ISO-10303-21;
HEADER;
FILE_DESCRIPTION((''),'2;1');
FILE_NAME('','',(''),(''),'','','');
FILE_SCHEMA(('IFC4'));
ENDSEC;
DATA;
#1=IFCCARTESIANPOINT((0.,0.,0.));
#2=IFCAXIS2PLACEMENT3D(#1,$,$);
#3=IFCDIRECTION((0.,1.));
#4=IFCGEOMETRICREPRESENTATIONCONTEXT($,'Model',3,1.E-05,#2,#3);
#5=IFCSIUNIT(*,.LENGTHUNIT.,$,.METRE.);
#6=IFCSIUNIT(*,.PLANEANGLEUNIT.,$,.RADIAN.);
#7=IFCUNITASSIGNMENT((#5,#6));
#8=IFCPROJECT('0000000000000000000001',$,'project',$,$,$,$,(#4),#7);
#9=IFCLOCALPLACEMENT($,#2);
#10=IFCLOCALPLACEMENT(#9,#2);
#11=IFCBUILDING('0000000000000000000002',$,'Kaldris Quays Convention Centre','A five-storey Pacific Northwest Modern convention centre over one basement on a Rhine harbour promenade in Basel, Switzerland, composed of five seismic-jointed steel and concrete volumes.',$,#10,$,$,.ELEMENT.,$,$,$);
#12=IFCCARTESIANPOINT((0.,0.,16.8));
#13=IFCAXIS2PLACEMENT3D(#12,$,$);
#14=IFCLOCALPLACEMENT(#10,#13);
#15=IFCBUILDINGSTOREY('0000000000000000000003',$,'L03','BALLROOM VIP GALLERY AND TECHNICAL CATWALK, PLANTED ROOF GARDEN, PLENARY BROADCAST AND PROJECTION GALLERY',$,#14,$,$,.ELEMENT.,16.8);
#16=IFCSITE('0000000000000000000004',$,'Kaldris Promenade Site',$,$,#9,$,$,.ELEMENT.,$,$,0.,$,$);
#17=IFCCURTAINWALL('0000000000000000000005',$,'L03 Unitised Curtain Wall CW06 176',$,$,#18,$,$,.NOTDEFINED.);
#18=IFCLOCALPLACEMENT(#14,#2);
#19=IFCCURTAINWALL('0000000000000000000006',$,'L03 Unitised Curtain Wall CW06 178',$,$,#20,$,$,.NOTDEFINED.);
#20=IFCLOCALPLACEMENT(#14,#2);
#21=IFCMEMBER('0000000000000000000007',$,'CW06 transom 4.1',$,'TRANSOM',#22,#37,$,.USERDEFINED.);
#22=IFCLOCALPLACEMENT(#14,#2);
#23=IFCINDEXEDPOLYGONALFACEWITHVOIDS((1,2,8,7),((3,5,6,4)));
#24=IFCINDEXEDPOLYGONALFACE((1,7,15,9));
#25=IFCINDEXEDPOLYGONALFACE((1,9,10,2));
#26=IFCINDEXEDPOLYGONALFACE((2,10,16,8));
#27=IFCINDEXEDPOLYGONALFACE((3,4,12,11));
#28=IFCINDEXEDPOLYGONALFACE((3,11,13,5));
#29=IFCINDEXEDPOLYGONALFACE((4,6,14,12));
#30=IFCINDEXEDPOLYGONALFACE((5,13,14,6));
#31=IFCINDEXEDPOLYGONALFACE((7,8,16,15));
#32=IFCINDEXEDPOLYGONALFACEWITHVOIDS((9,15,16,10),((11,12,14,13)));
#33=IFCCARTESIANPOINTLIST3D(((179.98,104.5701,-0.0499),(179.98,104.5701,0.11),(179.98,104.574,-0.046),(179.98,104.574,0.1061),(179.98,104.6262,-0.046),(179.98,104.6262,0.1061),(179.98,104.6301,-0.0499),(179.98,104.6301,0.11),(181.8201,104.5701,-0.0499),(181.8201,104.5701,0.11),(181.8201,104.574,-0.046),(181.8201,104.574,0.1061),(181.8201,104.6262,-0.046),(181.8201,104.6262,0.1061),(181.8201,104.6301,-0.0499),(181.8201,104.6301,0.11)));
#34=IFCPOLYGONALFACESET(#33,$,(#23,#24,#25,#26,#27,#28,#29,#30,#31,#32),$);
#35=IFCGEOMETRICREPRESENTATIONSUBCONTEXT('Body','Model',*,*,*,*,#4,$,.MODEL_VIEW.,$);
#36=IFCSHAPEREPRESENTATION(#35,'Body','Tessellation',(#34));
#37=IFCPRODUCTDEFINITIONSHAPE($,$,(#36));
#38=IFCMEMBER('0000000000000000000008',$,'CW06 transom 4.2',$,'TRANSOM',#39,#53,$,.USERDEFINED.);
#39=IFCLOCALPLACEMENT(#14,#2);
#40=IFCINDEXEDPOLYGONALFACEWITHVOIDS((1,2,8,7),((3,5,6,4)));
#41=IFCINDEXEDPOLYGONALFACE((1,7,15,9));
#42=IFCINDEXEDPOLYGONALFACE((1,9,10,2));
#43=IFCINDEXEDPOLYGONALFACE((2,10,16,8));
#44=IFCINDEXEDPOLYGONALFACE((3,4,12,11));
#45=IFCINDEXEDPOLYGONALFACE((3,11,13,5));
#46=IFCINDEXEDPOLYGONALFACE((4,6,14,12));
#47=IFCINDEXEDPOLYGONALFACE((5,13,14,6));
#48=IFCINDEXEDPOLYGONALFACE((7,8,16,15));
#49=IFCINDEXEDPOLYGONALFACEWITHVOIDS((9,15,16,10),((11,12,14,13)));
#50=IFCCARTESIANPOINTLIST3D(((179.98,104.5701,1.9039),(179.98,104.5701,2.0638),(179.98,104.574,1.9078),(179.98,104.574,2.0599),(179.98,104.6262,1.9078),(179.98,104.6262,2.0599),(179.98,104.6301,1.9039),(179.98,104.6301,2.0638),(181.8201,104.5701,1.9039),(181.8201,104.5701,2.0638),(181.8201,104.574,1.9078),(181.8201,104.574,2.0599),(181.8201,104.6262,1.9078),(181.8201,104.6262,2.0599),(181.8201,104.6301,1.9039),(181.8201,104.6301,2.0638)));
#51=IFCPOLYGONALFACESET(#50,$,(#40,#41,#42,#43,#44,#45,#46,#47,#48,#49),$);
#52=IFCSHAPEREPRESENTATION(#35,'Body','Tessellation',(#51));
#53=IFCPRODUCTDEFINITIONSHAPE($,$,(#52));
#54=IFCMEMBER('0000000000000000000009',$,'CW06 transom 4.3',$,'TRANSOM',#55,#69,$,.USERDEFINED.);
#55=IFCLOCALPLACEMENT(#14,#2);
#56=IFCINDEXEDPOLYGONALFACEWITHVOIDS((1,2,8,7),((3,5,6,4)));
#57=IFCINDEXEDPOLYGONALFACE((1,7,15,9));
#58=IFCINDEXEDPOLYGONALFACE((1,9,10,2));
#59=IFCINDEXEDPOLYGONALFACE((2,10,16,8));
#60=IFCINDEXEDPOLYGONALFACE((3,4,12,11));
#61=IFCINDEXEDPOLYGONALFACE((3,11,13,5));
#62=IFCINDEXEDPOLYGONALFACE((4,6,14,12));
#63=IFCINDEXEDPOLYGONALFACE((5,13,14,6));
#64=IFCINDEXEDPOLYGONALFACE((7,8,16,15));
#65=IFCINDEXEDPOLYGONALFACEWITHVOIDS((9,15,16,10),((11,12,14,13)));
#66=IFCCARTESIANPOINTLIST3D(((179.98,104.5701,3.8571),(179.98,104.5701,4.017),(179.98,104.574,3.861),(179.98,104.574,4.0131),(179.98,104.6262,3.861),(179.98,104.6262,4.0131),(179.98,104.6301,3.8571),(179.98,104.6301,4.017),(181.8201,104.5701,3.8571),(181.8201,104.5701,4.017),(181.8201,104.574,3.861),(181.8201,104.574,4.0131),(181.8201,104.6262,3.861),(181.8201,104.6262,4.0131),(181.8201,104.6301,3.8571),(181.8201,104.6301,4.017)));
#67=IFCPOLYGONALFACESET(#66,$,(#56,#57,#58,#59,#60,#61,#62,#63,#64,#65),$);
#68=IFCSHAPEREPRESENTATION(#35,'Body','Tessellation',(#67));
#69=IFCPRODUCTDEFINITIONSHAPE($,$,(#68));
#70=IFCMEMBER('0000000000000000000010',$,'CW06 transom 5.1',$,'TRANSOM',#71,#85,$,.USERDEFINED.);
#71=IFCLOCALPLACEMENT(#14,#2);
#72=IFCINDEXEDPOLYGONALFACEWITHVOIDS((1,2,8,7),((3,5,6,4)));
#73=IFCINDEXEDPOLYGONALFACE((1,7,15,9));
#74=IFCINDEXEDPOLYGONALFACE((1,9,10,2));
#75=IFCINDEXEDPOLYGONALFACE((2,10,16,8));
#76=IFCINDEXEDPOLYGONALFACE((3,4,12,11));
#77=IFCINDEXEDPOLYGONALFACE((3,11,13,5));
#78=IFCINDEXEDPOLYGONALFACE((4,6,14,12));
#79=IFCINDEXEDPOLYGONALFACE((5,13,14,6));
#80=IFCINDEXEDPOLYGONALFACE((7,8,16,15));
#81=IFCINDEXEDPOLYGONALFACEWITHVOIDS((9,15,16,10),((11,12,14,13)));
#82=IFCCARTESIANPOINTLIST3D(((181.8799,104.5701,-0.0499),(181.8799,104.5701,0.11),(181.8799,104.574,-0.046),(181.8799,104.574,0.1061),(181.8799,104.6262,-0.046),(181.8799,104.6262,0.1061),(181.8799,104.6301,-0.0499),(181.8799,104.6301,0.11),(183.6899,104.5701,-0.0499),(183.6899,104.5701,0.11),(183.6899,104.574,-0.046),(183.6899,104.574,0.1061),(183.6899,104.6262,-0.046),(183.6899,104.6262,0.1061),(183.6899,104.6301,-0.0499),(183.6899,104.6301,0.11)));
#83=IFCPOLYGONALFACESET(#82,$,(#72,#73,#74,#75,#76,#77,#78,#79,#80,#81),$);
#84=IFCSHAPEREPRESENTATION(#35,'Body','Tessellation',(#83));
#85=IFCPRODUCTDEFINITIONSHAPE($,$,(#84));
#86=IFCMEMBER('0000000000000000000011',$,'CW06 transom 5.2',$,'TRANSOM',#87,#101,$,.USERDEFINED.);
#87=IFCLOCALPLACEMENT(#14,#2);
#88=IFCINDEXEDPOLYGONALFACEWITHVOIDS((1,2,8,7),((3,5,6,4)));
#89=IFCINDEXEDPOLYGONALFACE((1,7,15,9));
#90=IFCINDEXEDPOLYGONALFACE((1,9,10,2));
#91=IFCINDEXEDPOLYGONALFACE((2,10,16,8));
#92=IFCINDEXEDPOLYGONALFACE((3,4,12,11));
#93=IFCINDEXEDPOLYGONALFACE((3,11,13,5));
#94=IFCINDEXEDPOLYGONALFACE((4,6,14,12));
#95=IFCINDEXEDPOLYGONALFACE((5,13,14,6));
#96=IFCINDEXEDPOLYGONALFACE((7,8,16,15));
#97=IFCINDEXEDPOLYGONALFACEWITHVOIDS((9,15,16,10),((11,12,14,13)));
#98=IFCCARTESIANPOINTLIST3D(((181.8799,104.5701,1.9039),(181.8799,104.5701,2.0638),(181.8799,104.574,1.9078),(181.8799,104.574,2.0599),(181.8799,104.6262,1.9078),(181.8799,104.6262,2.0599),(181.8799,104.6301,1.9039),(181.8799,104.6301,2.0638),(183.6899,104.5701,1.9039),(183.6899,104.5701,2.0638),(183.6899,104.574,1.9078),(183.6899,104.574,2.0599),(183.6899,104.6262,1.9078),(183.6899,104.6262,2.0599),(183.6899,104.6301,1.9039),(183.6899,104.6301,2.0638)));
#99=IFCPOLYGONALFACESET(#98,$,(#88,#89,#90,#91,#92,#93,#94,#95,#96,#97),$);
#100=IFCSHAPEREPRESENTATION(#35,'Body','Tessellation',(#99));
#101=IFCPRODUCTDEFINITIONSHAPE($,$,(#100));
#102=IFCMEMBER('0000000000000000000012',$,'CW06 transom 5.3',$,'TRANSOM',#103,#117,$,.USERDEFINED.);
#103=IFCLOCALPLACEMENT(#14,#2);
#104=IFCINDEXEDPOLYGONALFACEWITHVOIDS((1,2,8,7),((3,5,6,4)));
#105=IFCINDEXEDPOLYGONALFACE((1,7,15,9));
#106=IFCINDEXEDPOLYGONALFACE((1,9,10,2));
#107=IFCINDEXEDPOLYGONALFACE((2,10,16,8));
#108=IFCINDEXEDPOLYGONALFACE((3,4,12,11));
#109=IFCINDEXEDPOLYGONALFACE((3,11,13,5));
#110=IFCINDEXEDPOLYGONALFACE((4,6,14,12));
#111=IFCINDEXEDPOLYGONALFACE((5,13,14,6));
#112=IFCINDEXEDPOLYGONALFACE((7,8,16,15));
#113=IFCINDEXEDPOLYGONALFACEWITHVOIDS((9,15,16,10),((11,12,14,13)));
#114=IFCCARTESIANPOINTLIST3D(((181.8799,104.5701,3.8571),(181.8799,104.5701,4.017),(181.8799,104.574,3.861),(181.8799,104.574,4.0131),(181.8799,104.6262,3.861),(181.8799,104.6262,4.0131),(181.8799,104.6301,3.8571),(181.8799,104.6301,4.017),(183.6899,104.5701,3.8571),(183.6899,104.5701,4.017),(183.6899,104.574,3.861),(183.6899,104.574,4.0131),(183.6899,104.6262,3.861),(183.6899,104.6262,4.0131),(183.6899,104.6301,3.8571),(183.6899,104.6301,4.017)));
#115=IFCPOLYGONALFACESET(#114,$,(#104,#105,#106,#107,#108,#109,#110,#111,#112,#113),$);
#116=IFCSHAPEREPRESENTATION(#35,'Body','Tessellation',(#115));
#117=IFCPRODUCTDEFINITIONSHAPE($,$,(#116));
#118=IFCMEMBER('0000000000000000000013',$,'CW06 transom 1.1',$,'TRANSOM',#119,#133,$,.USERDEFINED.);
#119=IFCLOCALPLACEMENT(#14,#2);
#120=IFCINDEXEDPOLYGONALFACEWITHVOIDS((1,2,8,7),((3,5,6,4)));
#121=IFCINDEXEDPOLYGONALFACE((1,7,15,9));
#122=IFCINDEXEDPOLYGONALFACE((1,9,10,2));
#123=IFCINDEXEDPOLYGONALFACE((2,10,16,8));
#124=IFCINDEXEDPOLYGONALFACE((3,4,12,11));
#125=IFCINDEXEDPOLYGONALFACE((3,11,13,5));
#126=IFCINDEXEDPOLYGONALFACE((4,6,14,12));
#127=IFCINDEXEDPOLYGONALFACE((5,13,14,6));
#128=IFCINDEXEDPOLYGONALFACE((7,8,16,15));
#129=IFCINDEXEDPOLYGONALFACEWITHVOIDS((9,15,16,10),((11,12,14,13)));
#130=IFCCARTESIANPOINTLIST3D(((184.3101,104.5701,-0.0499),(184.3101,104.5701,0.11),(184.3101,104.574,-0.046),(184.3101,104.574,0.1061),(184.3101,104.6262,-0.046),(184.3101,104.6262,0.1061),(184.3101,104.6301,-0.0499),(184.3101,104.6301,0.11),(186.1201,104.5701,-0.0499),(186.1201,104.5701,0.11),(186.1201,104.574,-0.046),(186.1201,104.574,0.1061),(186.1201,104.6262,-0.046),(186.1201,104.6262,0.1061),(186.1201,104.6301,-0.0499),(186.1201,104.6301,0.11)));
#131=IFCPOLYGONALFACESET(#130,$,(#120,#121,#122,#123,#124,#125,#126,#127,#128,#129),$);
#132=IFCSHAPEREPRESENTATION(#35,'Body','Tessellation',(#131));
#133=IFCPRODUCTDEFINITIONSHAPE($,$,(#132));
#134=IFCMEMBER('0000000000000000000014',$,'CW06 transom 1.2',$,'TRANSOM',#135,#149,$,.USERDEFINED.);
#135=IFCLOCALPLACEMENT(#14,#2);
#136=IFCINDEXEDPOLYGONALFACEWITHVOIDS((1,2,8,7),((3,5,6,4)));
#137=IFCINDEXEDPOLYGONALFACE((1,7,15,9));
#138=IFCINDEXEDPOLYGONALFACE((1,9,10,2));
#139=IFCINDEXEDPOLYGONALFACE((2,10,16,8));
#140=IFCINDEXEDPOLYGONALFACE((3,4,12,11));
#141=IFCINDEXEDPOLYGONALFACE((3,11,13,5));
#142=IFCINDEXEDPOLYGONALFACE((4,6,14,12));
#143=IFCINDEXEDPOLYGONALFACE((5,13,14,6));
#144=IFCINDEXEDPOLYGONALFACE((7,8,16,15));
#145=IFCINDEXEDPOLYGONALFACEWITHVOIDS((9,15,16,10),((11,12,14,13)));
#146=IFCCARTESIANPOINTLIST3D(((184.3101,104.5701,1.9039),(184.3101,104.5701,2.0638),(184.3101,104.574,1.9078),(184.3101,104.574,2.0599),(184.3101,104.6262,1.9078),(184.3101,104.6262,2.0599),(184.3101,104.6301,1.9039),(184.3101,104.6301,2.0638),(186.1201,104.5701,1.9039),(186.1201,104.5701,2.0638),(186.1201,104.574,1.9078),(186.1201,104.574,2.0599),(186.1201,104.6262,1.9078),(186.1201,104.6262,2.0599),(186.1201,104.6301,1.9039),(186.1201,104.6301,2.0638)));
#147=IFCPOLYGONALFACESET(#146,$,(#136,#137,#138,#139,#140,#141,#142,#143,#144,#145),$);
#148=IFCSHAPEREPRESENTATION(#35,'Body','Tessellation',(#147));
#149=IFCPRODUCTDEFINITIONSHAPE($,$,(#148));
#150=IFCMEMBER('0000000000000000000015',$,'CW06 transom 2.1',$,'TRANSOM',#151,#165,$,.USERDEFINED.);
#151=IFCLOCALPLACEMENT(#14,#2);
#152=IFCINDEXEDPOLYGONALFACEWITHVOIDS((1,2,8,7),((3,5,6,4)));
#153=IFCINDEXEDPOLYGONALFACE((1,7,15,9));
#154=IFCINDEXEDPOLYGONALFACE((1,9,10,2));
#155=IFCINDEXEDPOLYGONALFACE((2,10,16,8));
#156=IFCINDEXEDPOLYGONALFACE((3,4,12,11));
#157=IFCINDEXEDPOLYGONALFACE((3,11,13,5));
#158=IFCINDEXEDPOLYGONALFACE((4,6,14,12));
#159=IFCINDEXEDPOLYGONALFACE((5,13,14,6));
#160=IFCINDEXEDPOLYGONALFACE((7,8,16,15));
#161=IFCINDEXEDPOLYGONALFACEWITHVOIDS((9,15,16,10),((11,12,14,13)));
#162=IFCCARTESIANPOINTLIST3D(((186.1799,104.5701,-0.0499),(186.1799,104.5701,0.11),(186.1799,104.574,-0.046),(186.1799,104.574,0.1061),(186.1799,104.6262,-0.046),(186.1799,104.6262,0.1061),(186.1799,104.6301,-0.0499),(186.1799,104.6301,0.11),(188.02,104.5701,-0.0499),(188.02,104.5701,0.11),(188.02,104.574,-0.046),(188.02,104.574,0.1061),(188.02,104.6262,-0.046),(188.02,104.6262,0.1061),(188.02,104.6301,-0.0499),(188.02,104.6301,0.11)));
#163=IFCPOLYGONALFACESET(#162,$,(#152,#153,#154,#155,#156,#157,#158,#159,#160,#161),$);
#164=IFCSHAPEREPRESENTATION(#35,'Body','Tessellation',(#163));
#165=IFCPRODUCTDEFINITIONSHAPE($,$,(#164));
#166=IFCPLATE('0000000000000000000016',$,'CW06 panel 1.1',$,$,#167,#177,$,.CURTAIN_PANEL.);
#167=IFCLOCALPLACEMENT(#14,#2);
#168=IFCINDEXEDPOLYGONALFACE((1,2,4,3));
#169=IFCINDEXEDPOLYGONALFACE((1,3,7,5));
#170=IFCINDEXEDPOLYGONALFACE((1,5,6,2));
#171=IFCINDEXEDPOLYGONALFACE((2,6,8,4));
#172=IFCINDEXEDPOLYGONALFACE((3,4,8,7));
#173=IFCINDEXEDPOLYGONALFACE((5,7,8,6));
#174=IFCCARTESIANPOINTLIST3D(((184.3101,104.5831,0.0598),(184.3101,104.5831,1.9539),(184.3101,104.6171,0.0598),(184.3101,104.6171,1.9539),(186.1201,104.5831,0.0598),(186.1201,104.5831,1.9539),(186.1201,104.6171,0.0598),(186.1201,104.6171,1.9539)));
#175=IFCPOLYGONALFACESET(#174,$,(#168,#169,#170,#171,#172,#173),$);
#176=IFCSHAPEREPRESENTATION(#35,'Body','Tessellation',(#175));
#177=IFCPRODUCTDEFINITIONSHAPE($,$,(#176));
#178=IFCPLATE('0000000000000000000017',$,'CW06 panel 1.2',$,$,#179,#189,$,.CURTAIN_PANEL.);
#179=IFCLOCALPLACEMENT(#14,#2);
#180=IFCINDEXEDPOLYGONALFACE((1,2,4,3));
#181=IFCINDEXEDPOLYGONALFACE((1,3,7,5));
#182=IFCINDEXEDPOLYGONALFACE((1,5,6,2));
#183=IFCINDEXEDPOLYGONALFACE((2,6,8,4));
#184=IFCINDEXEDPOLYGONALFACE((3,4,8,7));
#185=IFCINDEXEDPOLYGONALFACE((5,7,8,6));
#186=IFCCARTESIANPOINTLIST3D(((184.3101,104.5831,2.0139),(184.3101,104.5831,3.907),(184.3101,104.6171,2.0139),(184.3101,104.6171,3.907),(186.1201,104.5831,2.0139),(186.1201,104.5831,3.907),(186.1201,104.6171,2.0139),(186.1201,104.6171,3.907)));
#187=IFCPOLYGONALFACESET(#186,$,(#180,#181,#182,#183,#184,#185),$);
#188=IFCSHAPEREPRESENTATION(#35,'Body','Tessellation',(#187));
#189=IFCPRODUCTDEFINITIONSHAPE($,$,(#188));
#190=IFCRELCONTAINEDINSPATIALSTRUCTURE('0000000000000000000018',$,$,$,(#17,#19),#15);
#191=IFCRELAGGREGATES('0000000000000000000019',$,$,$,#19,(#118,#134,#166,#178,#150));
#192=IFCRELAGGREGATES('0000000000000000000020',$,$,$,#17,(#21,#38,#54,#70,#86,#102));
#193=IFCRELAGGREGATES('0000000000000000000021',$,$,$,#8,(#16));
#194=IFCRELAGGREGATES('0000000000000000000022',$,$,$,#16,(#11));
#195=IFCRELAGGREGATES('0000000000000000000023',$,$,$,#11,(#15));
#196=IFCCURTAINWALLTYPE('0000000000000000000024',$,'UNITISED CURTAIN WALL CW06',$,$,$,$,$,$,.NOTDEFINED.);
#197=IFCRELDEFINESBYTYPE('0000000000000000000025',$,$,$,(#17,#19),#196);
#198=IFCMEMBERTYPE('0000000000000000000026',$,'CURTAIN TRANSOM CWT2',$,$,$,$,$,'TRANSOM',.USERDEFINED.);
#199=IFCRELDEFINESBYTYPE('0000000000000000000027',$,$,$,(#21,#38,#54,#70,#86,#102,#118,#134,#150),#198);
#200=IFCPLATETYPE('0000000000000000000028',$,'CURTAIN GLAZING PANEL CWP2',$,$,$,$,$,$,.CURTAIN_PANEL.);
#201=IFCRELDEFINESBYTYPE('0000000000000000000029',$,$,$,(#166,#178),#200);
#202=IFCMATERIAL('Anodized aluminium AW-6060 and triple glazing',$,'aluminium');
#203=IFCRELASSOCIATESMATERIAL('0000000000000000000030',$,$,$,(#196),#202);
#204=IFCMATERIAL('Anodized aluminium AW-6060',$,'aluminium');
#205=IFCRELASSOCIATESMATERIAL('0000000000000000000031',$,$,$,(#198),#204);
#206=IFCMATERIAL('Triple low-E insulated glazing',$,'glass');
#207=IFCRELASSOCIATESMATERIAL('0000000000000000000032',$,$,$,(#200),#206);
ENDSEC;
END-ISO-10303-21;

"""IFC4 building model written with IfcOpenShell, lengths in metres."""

from ifc_helpers import new_model, si_unit, direction, frame, origin, origin_2d, place, context, subcontext, project, spatial, rectangle, hollow_rectangle, extrude, material, material_profile, profile_set, type_object, element, aggregate, save


model = new_model("IFC4")

# Units and contexts
model_context = context("Model", 3, precision=1e-05, world=origin(), true_north=direction((0.0, 1.0)))
body_context = subcontext(model_context, "Body", "Model", "MODEL_VIEW")
ifc_project = project(units=[si_unit("LENGTHUNIT", "METRE"), si_unit("PLANEANGLEUNIT", "RADIAN")], contexts=[model_context])

# Site, building, storey
site_placement = place(None, origin())
site = spatial("IfcSite", under=ifc_project, at=site_placement, Name="Kaldris Promenade Site", CompositionType="ELEMENT", RefElevation=0.0)
building_placement = place(site_placement, origin())
building = spatial("IfcBuilding", under=site, at=building_placement, Name="Kaldris Quays Convention Centre", Description="A five-storey Pacific Northwest Modern convention centre over one basement on a Rhine harbour promenade in Basel, Switzerland, composed of five seismic-jointed steel and concrete volumes.", CompositionType="ELEMENT")
storey_placement = place(building_placement, frame((0.0, 0.0, 16.8)))
storey = spatial("IfcBuildingStorey", under=building, at=storey_placement, Name="L03", Description="BALLROOM VIP GALLERY AND TECHNICAL CATWALK, PLANTED ROOF GARDEN, PLENARY BROADCAST AND PROJECTION GALLERY", CompositionType="ELEMENT", Elevation=16.8)

# Curtain walls
ifc_material_1 = material(Name="Anodized aluminium AW-6060 and triple glazing", Category="aluminium")
curtain_wall_type = type_object("IfcCurtainWallType", Name="UNITISED CURTAIN WALL CW06", PredefinedType="NOTDEFINED", material=ifc_material_1)
curtain_wall_1_placement = place(storey_placement, origin())
curtain_wall_1 = element("IfcCurtainWall", 1, at=curtain_wall_1_placement, inside=storey, type_object=curtain_wall_type, Name="L03 Unitised Curtain Wall CW06 176", PredefinedType="NOTDEFINED")
ifc_material_2 = material(Name="Anodized aluminium AW-6060", Category="aluminium")
curtain_wall_2_placement = place(storey_placement, origin())
curtain_wall_2 = element("IfcCurtainWall", 2, at=curtain_wall_2_placement, inside=storey, type_object=curtain_wall_type, Name="L03 Unitised Curtain Wall CW06 178", PredefinedType="NOTDEFINED")

# Members
ifc_material_profile_1 = material_profile(ifc_material_2, hollow_rectangle(XDim=0.0601, YDim=0.1599, WallThickness=0.0039, at=origin_2d()), Name="RHS 160x60x4")
ifc_profile_set_1 = profile_set([ifc_material_profile_1], Name="Anodized aluminium AW-6060")
member_type_1 = type_object("IfcMemberType", Name="CURTAIN TRANSOM CWT2", ElementType="TRANSOM", PredefinedType="USERDEFINED", material=ifc_profile_set_1)
member_1_placement = place(storey_placement, frame((179.98, 104.6001, 0.03), z_axis=(1.0, 0.0, 0.0), x_axis=(0.0, 1.0, 0.0)))
member_1 = element("IfcMember", 3, at=member_1_placement, type_object=member_type_1, Name="CW06 transom 4.1", ObjectType="TRANSOM", PredefinedType="USERDEFINED", context=body_context, shape_type="SweptSolid", body=[
    extrude(hollow_rectangle(XDim=0.0601, YDim=0.1599, WallThickness=0.0039, at=origin_2d()), origin(), (0.0, 0.0, 1.0), 1.8401),
])
member_2_placement = place(storey_placement, frame((179.98, 104.6001, 1.9839), z_axis=(1.0, 0.0, 0.0), x_axis=(0.0, 1.0, 0.0)))
member_2 = element("IfcMember", 4, at=member_2_placement, type_object=member_type_1, Name="CW06 transom 4.2", ObjectType="TRANSOM", PredefinedType="USERDEFINED", context=body_context, shape_type="SweptSolid", body=[
    extrude(hollow_rectangle(XDim=0.0601, YDim=0.1599, WallThickness=0.0039, at=origin_2d()), origin(), (0.0, 0.0, 1.0), 1.8401),
])
member_3_placement = place(storey_placement, frame((179.98, 104.6001, 3.937), z_axis=(1.0, 0.0, 0.0), x_axis=(0.0, 1.0, 0.0)))
member_3 = element("IfcMember", 5, at=member_3_placement, type_object=member_type_1, Name="CW06 transom 4.3", ObjectType="TRANSOM", PredefinedType="USERDEFINED", context=body_context, shape_type="SweptSolid", body=[
    extrude(hollow_rectangle(XDim=0.0601, YDim=0.1599, WallThickness=0.0039, at=origin_2d()), origin(), (0.0, 0.0, 1.0), 1.8401),
])
member_4_placement = place(storey_placement, frame((181.8799, 104.6001, 0.03), z_axis=(1.0, 0.0, 0.0), x_axis=(0.0, 1.0, 0.0)))
member_4 = element("IfcMember", 6, at=member_4_placement, type_object=member_type_1, Name="CW06 transom 5.1", ObjectType="TRANSOM", PredefinedType="USERDEFINED", context=body_context, shape_type="SweptSolid", body=[
    extrude(hollow_rectangle(XDim=0.0601, YDim=0.1599, WallThickness=0.0039, at=origin_2d()), origin(), (0.0, 0.0, 1.0), 1.8101),
])
member_5_placement = place(storey_placement, frame((181.8799, 104.6001, 1.9839), z_axis=(1.0, 0.0, 0.0), x_axis=(0.0, 1.0, 0.0)))
member_5 = element("IfcMember", 7, at=member_5_placement, type_object=member_type_1, Name="CW06 transom 5.2", ObjectType="TRANSOM", PredefinedType="USERDEFINED", context=body_context, shape_type="SweptSolid", body=[
    extrude(hollow_rectangle(XDim=0.0601, YDim=0.1599, WallThickness=0.0039, at=origin_2d()), origin(), (0.0, 0.0, 1.0), 1.8101),
])
member_6_placement = place(storey_placement, frame((181.8799, 104.6001, 3.937), z_axis=(1.0, 0.0, 0.0), x_axis=(0.0, 1.0, 0.0)))
member_6 = element("IfcMember", 8, at=member_6_placement, type_object=member_type_1, Name="CW06 transom 5.3", ObjectType="TRANSOM", PredefinedType="USERDEFINED", context=body_context, shape_type="SweptSolid", body=[
    extrude(hollow_rectangle(XDim=0.0601, YDim=0.1599, WallThickness=0.0039, at=origin_2d()), origin(), (0.0, 0.0, 1.0), 1.8101),
])
member_7_placement = place(storey_placement, frame((184.3101, 104.6001, 0.03), z_axis=(1.0, 0.0, 0.0), x_axis=(0.0, 1.0, 0.0)))
member_7 = element("IfcMember", 9, at=member_7_placement, type_object=member_type_1, Name="CW06 transom 1.1", ObjectType="TRANSOM", PredefinedType="USERDEFINED", context=body_context, shape_type="SweptSolid", body=[
    extrude(hollow_rectangle(XDim=0.0601, YDim=0.1599, WallThickness=0.0039, at=origin_2d()), origin(), (0.0, 0.0, 1.0), 1.8101),
])
member_8_placement = place(storey_placement, frame((184.3101, 104.6001, 1.9839), z_axis=(1.0, 0.0, 0.0), x_axis=(0.0, 1.0, 0.0)))
member_8 = element("IfcMember", 10, at=member_8_placement, type_object=member_type_1, Name="CW06 transom 1.2", ObjectType="TRANSOM", PredefinedType="USERDEFINED", context=body_context, shape_type="SweptSolid", body=[
    extrude(hollow_rectangle(XDim=0.0601, YDim=0.1599, WallThickness=0.0039, at=origin_2d()), origin(), (0.0, 0.0, 1.0), 1.8101),
])
member_9_placement = place(storey_placement, frame((186.1799, 104.6001, 0.03), z_axis=(1.0, 0.0, 0.0), x_axis=(0.0, 1.0, 0.0)))
member_9 = element("IfcMember", 11, at=member_9_placement, type_object=member_type_1, Name="CW06 transom 2.1", ObjectType="TRANSOM", PredefinedType="USERDEFINED", context=body_context, shape_type="SweptSolid", body=[
    extrude(hollow_rectangle(XDim=0.0601, YDim=0.1599, WallThickness=0.0039, at=origin_2d()), origin(), (0.0, 0.0, 1.0), 1.8401),
])

# Plates
ifc_material_3 = material(Name="Triple low-E insulated glazing", Category="glass")
plate_type_1 = type_object("IfcPlateType", Name="CURTAIN GLAZING PANEL CWP2", PredefinedType="CURTAIN_PANEL", material=ifc_material_3)
plate_1_placement = place(storey_placement, frame((185.2151, 104.6001, 0.0598), z_axis=(0.0, 0.0, 1.0), x_axis=(1.0, 0.0, 0.0)))
plate_1 = element("IfcPlate", 12, at=plate_1_placement, type_object=plate_type_1, Name="CW06 panel 1.1", PredefinedType="CURTAIN_PANEL", context=body_context, shape_type="SweptSolid", body=[
    extrude(rectangle(XDim=1.8101, YDim=0.0339, at=origin_2d()), origin(), (0.0, 0.0, 1.0), 1.894),
])
plate_2_placement = place(storey_placement, frame((185.2151, 104.6001, 2.0139), z_axis=(0.0, 0.0, 1.0), x_axis=(1.0, 0.0, 0.0)))
plate_2 = element("IfcPlate", 13, at=plate_2_placement, type_object=plate_type_1, Name="CW06 panel 1.2", PredefinedType="CURTAIN_PANEL", context=body_context, shape_type="SweptSolid", body=[
    extrude(rectangle(XDim=1.8101, YDim=0.0339, at=origin_2d()), origin(), (0.0, 0.0, 1.0), 1.8931),
])
aggregate(curtain_wall_2, [member_7, member_8, plate_1, plate_2, member_9])
aggregate(curtain_wall_1, [member_1, member_2, member_3, member_4, member_5, member_6])

save(model, "model.ifc")
